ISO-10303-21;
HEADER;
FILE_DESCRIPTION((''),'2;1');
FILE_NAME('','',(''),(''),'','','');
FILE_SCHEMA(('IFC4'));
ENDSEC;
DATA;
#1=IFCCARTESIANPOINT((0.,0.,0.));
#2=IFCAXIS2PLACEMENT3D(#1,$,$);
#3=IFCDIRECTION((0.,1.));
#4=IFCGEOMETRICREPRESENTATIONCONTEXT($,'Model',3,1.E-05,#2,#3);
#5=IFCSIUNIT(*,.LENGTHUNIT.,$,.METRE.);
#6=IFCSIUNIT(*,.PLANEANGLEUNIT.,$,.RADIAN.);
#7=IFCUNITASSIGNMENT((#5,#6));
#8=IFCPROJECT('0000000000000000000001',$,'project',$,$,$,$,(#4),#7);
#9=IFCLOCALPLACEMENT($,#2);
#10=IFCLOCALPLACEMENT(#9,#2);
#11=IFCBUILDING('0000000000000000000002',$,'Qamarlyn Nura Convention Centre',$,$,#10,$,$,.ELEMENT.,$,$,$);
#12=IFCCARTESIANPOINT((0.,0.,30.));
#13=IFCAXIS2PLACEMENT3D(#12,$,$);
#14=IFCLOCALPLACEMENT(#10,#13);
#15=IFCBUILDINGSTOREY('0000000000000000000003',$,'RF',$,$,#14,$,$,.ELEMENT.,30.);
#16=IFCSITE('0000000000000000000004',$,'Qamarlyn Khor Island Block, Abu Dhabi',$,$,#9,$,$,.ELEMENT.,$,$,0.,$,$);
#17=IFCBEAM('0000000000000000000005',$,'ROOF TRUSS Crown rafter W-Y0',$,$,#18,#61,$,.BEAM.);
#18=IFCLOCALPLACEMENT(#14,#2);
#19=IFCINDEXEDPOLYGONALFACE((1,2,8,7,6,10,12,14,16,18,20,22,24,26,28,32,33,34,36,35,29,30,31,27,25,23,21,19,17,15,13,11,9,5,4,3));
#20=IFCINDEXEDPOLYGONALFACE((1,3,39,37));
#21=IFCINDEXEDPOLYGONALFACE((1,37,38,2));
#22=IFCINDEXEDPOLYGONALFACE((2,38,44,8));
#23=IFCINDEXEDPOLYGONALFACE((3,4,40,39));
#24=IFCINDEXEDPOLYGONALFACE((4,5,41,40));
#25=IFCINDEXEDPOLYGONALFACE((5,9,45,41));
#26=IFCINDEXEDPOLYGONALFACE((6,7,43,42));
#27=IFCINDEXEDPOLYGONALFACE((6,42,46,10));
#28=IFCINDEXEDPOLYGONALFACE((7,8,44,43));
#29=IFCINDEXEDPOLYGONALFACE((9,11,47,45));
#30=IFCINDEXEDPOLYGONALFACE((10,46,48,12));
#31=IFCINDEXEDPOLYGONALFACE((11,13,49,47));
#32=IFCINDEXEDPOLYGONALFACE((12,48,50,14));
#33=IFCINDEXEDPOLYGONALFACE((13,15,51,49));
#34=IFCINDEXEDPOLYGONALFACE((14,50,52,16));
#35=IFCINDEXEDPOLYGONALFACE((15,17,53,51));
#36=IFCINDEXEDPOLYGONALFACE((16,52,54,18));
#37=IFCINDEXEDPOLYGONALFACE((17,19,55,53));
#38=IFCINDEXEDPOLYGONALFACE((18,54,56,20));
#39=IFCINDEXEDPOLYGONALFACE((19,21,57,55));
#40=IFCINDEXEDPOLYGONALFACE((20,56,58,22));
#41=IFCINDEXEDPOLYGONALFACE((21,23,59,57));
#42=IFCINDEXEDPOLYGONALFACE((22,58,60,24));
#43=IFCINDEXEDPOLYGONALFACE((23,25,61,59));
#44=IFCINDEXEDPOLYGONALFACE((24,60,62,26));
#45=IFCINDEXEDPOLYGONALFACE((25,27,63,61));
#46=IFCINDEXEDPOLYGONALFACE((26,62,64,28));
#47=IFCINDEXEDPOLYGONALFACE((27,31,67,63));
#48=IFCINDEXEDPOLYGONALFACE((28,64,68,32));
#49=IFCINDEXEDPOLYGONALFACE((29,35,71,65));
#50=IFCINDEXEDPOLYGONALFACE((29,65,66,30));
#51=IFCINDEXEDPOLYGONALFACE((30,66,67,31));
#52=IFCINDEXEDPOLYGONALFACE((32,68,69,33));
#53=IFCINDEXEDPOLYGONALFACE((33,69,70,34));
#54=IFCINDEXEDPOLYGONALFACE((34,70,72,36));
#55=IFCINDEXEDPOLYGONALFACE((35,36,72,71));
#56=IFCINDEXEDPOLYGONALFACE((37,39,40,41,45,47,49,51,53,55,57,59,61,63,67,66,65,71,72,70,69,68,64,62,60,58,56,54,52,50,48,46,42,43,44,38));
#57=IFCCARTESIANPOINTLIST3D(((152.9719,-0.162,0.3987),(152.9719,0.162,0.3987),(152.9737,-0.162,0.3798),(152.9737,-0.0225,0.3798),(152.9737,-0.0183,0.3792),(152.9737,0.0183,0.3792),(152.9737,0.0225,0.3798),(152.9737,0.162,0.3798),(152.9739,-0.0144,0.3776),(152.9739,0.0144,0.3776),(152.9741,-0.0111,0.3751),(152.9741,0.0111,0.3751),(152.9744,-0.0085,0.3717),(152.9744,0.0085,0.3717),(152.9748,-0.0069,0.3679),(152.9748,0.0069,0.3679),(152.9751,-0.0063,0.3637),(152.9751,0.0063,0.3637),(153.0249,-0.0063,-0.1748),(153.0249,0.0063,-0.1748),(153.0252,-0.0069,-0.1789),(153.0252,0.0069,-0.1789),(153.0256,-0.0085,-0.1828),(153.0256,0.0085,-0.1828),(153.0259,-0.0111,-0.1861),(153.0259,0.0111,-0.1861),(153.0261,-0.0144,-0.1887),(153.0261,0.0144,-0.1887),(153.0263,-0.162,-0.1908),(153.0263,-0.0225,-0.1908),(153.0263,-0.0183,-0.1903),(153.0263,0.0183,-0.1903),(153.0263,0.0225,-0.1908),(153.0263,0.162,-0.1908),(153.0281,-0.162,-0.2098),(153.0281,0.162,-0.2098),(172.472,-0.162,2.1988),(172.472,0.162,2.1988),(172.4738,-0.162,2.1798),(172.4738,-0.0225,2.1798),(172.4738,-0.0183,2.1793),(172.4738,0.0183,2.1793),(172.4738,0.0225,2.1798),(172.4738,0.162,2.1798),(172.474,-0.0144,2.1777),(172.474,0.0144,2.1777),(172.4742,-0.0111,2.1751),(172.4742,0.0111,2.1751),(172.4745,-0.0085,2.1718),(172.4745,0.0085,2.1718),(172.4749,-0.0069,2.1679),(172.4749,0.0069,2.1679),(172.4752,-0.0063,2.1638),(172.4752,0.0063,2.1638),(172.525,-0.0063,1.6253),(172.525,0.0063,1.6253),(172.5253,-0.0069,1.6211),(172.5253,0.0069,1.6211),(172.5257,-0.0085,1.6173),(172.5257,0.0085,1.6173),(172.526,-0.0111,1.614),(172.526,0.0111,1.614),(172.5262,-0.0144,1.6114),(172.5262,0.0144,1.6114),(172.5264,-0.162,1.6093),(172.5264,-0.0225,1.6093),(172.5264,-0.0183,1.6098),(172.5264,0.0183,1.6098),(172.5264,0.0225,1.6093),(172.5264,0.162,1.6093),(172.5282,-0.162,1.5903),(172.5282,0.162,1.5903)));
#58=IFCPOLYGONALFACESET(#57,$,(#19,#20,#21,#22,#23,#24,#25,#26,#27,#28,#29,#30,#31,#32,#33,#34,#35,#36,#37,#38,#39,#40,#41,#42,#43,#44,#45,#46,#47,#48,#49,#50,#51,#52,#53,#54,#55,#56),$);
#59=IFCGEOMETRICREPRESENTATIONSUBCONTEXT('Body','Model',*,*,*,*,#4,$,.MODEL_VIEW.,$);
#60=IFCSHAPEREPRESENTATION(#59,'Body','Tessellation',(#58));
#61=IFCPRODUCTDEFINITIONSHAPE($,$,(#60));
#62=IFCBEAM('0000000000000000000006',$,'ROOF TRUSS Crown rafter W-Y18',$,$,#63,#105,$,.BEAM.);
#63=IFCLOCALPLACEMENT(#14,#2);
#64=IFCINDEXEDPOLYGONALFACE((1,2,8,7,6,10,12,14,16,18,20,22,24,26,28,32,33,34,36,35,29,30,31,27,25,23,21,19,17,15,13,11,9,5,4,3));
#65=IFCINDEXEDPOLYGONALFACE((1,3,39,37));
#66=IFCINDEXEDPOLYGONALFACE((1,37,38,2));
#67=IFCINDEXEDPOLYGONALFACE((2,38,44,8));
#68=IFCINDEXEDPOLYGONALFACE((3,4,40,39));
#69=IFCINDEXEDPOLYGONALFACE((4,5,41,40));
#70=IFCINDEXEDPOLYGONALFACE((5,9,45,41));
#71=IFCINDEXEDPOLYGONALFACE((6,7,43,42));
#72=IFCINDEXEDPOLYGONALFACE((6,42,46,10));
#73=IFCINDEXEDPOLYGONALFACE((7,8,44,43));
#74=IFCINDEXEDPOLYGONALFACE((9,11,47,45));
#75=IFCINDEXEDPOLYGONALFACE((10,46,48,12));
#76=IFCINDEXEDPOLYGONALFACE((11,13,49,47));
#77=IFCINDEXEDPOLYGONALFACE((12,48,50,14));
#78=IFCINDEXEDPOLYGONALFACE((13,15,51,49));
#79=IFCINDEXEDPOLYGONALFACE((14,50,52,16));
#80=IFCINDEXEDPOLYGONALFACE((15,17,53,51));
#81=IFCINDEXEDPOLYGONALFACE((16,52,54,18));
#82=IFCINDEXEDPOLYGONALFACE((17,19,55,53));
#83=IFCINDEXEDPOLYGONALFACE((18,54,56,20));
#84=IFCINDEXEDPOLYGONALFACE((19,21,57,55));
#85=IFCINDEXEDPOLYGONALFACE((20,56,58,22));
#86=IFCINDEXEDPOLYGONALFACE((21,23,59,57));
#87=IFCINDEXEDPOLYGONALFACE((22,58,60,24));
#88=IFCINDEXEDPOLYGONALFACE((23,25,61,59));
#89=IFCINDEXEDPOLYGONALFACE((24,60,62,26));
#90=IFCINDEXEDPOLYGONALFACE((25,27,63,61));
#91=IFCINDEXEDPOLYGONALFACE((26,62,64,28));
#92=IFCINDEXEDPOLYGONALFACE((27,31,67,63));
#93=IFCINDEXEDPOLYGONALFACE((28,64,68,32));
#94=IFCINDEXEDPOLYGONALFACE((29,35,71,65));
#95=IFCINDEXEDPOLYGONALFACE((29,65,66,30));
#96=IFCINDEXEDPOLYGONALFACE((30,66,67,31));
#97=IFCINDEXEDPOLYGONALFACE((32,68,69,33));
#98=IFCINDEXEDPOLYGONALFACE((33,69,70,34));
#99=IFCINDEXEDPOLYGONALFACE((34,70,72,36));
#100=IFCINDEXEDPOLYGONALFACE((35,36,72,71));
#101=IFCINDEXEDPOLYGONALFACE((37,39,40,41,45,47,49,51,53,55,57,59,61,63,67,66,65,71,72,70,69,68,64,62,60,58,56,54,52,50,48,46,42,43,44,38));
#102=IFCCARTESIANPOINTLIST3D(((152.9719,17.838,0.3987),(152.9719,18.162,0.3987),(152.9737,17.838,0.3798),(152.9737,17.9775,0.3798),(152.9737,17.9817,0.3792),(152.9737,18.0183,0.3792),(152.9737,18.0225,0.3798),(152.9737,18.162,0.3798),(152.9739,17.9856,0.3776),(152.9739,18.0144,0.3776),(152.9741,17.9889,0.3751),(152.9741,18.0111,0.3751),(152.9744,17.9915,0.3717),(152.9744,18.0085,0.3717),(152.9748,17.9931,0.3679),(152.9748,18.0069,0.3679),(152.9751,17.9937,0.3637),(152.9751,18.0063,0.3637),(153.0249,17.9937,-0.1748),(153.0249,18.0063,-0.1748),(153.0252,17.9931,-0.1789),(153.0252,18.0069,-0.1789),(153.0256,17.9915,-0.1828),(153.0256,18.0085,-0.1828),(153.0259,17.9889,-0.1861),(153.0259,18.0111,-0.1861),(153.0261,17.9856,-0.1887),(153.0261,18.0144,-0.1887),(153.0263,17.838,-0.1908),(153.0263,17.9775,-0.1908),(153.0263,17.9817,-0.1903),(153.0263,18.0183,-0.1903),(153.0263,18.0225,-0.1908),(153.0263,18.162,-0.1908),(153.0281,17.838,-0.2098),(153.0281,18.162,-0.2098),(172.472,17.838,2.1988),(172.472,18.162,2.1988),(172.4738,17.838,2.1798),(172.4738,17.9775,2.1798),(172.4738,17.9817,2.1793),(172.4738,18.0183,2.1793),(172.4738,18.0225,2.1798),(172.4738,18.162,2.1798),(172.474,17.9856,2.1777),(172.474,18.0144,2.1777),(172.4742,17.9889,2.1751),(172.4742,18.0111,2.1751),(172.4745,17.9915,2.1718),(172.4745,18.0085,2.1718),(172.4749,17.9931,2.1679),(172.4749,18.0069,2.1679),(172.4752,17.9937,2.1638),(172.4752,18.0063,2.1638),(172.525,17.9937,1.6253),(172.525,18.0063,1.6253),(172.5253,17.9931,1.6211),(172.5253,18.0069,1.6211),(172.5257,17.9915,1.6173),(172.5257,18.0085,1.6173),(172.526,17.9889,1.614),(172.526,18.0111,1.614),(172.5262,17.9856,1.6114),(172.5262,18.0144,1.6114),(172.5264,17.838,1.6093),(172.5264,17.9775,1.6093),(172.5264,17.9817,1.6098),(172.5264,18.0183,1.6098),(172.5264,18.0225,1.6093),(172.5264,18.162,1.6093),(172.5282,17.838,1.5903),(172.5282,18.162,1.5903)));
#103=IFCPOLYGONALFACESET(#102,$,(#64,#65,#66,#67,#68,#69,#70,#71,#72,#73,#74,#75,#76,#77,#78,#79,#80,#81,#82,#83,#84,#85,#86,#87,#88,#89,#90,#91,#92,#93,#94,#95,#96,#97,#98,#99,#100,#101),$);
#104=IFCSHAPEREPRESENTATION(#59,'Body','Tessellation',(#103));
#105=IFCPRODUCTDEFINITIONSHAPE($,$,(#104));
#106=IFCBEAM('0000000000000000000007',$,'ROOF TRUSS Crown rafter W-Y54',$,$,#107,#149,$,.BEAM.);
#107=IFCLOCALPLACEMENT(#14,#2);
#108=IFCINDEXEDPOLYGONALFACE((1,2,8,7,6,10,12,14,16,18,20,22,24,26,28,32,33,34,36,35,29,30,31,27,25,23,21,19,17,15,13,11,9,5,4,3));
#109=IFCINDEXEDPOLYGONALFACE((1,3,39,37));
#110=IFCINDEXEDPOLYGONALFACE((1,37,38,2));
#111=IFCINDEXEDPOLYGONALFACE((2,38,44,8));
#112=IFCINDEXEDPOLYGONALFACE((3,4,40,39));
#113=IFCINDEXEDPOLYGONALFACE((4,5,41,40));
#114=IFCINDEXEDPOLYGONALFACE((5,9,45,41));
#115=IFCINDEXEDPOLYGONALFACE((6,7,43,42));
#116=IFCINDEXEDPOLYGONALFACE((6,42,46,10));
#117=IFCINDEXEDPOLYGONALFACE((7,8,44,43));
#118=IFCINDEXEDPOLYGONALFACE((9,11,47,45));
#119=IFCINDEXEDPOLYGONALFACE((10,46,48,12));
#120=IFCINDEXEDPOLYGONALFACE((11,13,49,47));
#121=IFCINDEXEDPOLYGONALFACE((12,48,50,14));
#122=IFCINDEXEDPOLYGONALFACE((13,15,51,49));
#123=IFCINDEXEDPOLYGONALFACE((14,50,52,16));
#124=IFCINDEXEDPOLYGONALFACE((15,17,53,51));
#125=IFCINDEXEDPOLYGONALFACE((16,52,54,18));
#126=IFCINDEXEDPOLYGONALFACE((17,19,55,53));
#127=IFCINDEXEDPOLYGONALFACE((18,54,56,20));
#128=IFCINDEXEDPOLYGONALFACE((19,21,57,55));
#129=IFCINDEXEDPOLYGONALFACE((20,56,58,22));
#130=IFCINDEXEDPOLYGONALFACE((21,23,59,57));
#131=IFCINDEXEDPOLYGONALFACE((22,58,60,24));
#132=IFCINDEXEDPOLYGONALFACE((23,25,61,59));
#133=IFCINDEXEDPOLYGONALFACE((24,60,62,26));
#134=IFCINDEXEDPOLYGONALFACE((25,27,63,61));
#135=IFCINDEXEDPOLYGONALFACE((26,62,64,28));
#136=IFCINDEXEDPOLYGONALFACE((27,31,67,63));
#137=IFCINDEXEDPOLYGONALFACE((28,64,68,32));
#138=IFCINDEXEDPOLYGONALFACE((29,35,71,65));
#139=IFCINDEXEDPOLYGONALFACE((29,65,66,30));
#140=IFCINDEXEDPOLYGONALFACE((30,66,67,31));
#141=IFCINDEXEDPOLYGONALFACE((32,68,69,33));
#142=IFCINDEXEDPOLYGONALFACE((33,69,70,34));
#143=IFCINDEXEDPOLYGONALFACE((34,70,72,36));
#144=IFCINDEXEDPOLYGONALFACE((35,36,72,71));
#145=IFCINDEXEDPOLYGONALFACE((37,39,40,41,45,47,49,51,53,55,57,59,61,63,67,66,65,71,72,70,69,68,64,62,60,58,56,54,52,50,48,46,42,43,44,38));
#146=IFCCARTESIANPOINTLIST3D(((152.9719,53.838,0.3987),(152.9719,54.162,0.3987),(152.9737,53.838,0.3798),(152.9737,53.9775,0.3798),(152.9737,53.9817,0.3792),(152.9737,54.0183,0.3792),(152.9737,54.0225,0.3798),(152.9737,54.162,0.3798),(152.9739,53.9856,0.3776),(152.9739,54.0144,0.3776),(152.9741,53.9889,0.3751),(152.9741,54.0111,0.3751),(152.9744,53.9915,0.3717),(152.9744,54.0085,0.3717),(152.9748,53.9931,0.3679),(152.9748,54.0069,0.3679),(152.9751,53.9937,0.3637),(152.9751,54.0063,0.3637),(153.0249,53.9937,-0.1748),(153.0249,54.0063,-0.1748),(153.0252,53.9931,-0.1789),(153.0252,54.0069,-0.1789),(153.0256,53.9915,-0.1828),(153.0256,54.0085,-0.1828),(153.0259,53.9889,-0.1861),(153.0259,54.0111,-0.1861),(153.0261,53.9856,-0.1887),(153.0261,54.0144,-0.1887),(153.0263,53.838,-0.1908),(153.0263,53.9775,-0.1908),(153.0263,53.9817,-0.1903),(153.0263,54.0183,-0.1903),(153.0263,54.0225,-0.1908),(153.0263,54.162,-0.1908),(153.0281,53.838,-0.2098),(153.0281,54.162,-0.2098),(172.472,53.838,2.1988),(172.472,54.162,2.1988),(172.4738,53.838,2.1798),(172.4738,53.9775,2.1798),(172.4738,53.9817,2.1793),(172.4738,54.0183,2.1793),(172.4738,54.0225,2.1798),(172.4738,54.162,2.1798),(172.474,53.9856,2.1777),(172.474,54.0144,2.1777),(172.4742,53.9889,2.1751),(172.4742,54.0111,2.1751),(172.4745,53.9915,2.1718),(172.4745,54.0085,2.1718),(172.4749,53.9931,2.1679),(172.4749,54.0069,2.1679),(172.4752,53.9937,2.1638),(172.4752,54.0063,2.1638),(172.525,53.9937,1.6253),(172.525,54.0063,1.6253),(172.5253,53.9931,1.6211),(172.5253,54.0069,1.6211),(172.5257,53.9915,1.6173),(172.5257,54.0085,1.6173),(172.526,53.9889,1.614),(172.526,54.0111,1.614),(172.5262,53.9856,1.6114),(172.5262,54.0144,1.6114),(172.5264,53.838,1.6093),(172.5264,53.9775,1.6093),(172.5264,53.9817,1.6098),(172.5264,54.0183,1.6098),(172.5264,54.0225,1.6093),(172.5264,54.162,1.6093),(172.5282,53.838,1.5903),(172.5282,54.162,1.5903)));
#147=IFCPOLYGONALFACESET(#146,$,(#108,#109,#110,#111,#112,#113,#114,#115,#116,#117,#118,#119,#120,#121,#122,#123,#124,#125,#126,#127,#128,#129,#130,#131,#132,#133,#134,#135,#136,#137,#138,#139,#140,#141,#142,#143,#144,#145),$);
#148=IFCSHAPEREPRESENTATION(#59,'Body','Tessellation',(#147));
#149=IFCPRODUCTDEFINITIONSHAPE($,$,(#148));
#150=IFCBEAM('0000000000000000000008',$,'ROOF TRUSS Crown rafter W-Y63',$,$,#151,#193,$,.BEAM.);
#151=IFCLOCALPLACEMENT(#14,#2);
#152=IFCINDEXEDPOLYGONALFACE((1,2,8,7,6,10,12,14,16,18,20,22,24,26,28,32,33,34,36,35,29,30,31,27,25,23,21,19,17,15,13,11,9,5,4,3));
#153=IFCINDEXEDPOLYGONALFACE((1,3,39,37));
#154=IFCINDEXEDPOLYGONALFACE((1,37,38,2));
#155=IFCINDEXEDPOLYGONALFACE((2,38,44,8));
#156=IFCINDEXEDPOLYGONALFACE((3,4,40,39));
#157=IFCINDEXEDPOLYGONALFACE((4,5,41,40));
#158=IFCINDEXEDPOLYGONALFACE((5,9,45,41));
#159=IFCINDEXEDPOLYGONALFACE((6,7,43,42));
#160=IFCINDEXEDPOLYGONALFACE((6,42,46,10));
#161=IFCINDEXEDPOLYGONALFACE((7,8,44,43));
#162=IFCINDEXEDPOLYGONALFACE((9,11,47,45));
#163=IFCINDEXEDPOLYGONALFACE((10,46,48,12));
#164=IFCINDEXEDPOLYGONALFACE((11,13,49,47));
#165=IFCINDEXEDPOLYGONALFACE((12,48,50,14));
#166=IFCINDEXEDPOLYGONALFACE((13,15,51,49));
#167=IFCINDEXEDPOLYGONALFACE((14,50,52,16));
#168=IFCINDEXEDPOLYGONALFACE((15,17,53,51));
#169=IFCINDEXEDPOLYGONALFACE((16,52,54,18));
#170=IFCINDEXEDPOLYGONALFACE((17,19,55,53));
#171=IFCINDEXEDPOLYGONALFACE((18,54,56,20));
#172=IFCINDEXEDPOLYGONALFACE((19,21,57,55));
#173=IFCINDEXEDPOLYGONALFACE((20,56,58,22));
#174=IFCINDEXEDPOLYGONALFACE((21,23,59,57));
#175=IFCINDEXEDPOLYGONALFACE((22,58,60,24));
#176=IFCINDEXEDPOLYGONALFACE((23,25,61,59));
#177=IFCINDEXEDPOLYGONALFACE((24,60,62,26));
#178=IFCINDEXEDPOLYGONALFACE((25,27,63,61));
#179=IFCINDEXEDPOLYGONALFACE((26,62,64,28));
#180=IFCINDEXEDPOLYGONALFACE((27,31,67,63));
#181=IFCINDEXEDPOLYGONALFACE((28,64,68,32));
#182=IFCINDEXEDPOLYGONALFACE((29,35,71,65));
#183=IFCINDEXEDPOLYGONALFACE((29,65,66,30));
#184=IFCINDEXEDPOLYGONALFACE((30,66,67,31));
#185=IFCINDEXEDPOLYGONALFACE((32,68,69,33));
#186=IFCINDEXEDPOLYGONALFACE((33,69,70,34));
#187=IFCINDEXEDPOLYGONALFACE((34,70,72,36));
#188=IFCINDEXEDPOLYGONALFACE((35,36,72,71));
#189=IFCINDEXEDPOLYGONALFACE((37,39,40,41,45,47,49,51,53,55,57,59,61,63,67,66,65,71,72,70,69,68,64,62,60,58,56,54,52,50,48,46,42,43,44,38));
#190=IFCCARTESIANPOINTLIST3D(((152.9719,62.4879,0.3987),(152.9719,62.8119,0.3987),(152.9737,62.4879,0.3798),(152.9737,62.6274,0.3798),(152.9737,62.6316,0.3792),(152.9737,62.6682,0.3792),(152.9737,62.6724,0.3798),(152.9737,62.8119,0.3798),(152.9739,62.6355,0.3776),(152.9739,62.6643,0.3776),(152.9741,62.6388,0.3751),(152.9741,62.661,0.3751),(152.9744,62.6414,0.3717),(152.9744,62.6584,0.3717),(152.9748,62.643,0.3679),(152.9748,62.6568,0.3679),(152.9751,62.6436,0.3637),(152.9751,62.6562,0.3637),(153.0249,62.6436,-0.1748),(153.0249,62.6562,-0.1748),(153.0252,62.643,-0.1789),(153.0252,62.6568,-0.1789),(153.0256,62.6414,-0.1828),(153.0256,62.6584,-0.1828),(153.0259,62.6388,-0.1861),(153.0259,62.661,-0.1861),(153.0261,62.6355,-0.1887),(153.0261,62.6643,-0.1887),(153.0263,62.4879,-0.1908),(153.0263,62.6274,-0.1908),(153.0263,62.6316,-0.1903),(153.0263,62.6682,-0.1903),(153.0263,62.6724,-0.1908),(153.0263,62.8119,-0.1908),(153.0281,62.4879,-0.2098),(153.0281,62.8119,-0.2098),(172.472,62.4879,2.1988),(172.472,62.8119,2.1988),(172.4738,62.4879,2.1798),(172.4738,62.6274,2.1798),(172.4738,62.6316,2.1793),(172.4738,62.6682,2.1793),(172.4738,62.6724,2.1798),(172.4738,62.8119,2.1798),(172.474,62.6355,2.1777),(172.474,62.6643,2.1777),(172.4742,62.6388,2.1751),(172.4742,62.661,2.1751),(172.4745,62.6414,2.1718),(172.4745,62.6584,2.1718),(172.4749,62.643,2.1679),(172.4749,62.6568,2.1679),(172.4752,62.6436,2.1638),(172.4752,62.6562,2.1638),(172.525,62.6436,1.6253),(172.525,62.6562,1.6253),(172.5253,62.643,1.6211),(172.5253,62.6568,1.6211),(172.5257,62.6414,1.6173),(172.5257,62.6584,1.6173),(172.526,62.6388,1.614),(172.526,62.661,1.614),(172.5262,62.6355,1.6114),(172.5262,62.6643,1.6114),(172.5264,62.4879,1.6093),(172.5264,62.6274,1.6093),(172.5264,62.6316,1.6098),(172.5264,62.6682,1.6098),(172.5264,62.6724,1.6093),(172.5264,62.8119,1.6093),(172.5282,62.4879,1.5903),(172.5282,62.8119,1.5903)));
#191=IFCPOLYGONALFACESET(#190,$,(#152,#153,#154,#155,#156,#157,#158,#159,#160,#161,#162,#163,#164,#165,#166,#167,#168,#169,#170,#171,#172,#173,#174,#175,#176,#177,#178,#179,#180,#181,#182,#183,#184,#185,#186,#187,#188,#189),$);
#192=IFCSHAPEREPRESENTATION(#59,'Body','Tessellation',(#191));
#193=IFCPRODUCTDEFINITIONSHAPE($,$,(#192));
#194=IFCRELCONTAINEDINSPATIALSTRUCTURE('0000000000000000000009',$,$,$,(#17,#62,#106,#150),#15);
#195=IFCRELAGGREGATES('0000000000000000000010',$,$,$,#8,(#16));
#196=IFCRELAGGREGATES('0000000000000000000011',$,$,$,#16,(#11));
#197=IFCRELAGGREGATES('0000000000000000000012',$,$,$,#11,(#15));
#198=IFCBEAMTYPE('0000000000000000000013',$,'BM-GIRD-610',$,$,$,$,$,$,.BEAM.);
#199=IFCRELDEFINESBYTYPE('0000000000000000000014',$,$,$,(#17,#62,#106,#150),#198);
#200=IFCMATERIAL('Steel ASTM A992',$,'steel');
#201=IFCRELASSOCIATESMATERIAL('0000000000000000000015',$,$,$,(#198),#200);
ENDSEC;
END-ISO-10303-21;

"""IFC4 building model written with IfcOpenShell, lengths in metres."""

from ifc_helpers import new_model, si_unit, direction, frame, origin, origin_2d, place, context, subcontext, project, spatial, i_section, extrude, material, material_profile, profile_set, type_object, element, save


model = new_model("IFC4")

# Units and contexts
model_context = context("Model", 3, precision=1e-05, world=origin(), true_north=direction((0.0, 1.0)))
body_context = subcontext(model_context, "Body", "Model", "MODEL_VIEW")
ifc_project = project(units=[si_unit("LENGTHUNIT", "METRE"), si_unit("PLANEANGLEUNIT", "RADIAN")], contexts=[model_context])

# Site, building, storey
site_placement = place(None, origin())
site = spatial("IfcSite", under=ifc_project, at=site_placement, Name="Qamarlyn Khor Island Block, Abu Dhabi", CompositionType="ELEMENT", RefElevation=0.0)
building_placement = place(site_placement, origin())
building = spatial("IfcBuilding", under=site, at=building_placement, Name="Qamarlyn Nura Convention Centre", CompositionType="ELEMENT")
storey_placement = place(building_placement, frame((0.0, 0.0, 30.0)))
storey = spatial("IfcBuildingStorey", under=building, at=storey_placement, Name="RF", CompositionType="ELEMENT", Elevation=30.0)

# Beams
ifc_material_1 = material(Name="Steel ASTM A992", Category="steel")
ifc_material_profile_1 = material_profile(ifc_material_1, i_section(OverallWidth=0.324, OverallDepth=0.6111, WebThickness=0.0127, FlangeThickness=0.019, FilletRadius=0.0161, at=origin_2d()), Name="W610X155")
ifc_profile_set_1 = profile_set([ifc_material_profile_1], Name="Steel ASTM A992")
beam_type_1 = type_object("IfcBeamType", Name="BM-GIRD-610", PredefinedType="BEAM", material=ifc_profile_set_1)
for number, where, z_axis, x_axis, name in (
    (1, (153.0, 0.0, 0.0945), (0.995766, 0.0, 0.091919), (0.0, 1.0, 0.0), "ROOF TRUSS Crown rafter W-Y0"),
    (2, (153.0, 18.0, 0.0945), (0.995766, 0.0, 0.091919), (0.0, 1.0, 0.0), "ROOF TRUSS Crown rafter W-Y18"),
    (3, (153.0, 54.0, 0.0945), (0.995766, 0.0, 0.091919), (0.0, 1.0, 0.0), "ROOF TRUSS Crown rafter W-Y54"),
    (4, (153.0, 62.6499, 0.0945), (0.995766, 0.0, 0.091919), (0.0, 1.0, 0.0), "ROOF TRUSS Crown rafter W-Y63"),
):
    element("IfcBeam", number, at=place(storey_placement, frame(where, z_axis=z_axis, x_axis=x_axis)), inside=storey, type_object=beam_type_1, Name=name, PredefinedType="BEAM", context=body_context, shape_type="SweptSolid", body=[
        extrude(i_section(OverallWidth=0.324, OverallDepth=0.6111, WebThickness=0.0127, FlangeThickness=0.019, FilletRadius=0.0161, at=origin_2d()), origin(), (0.0, 0.0, 1.0), 19.583),
    ])

save(model, "model.ifc")
